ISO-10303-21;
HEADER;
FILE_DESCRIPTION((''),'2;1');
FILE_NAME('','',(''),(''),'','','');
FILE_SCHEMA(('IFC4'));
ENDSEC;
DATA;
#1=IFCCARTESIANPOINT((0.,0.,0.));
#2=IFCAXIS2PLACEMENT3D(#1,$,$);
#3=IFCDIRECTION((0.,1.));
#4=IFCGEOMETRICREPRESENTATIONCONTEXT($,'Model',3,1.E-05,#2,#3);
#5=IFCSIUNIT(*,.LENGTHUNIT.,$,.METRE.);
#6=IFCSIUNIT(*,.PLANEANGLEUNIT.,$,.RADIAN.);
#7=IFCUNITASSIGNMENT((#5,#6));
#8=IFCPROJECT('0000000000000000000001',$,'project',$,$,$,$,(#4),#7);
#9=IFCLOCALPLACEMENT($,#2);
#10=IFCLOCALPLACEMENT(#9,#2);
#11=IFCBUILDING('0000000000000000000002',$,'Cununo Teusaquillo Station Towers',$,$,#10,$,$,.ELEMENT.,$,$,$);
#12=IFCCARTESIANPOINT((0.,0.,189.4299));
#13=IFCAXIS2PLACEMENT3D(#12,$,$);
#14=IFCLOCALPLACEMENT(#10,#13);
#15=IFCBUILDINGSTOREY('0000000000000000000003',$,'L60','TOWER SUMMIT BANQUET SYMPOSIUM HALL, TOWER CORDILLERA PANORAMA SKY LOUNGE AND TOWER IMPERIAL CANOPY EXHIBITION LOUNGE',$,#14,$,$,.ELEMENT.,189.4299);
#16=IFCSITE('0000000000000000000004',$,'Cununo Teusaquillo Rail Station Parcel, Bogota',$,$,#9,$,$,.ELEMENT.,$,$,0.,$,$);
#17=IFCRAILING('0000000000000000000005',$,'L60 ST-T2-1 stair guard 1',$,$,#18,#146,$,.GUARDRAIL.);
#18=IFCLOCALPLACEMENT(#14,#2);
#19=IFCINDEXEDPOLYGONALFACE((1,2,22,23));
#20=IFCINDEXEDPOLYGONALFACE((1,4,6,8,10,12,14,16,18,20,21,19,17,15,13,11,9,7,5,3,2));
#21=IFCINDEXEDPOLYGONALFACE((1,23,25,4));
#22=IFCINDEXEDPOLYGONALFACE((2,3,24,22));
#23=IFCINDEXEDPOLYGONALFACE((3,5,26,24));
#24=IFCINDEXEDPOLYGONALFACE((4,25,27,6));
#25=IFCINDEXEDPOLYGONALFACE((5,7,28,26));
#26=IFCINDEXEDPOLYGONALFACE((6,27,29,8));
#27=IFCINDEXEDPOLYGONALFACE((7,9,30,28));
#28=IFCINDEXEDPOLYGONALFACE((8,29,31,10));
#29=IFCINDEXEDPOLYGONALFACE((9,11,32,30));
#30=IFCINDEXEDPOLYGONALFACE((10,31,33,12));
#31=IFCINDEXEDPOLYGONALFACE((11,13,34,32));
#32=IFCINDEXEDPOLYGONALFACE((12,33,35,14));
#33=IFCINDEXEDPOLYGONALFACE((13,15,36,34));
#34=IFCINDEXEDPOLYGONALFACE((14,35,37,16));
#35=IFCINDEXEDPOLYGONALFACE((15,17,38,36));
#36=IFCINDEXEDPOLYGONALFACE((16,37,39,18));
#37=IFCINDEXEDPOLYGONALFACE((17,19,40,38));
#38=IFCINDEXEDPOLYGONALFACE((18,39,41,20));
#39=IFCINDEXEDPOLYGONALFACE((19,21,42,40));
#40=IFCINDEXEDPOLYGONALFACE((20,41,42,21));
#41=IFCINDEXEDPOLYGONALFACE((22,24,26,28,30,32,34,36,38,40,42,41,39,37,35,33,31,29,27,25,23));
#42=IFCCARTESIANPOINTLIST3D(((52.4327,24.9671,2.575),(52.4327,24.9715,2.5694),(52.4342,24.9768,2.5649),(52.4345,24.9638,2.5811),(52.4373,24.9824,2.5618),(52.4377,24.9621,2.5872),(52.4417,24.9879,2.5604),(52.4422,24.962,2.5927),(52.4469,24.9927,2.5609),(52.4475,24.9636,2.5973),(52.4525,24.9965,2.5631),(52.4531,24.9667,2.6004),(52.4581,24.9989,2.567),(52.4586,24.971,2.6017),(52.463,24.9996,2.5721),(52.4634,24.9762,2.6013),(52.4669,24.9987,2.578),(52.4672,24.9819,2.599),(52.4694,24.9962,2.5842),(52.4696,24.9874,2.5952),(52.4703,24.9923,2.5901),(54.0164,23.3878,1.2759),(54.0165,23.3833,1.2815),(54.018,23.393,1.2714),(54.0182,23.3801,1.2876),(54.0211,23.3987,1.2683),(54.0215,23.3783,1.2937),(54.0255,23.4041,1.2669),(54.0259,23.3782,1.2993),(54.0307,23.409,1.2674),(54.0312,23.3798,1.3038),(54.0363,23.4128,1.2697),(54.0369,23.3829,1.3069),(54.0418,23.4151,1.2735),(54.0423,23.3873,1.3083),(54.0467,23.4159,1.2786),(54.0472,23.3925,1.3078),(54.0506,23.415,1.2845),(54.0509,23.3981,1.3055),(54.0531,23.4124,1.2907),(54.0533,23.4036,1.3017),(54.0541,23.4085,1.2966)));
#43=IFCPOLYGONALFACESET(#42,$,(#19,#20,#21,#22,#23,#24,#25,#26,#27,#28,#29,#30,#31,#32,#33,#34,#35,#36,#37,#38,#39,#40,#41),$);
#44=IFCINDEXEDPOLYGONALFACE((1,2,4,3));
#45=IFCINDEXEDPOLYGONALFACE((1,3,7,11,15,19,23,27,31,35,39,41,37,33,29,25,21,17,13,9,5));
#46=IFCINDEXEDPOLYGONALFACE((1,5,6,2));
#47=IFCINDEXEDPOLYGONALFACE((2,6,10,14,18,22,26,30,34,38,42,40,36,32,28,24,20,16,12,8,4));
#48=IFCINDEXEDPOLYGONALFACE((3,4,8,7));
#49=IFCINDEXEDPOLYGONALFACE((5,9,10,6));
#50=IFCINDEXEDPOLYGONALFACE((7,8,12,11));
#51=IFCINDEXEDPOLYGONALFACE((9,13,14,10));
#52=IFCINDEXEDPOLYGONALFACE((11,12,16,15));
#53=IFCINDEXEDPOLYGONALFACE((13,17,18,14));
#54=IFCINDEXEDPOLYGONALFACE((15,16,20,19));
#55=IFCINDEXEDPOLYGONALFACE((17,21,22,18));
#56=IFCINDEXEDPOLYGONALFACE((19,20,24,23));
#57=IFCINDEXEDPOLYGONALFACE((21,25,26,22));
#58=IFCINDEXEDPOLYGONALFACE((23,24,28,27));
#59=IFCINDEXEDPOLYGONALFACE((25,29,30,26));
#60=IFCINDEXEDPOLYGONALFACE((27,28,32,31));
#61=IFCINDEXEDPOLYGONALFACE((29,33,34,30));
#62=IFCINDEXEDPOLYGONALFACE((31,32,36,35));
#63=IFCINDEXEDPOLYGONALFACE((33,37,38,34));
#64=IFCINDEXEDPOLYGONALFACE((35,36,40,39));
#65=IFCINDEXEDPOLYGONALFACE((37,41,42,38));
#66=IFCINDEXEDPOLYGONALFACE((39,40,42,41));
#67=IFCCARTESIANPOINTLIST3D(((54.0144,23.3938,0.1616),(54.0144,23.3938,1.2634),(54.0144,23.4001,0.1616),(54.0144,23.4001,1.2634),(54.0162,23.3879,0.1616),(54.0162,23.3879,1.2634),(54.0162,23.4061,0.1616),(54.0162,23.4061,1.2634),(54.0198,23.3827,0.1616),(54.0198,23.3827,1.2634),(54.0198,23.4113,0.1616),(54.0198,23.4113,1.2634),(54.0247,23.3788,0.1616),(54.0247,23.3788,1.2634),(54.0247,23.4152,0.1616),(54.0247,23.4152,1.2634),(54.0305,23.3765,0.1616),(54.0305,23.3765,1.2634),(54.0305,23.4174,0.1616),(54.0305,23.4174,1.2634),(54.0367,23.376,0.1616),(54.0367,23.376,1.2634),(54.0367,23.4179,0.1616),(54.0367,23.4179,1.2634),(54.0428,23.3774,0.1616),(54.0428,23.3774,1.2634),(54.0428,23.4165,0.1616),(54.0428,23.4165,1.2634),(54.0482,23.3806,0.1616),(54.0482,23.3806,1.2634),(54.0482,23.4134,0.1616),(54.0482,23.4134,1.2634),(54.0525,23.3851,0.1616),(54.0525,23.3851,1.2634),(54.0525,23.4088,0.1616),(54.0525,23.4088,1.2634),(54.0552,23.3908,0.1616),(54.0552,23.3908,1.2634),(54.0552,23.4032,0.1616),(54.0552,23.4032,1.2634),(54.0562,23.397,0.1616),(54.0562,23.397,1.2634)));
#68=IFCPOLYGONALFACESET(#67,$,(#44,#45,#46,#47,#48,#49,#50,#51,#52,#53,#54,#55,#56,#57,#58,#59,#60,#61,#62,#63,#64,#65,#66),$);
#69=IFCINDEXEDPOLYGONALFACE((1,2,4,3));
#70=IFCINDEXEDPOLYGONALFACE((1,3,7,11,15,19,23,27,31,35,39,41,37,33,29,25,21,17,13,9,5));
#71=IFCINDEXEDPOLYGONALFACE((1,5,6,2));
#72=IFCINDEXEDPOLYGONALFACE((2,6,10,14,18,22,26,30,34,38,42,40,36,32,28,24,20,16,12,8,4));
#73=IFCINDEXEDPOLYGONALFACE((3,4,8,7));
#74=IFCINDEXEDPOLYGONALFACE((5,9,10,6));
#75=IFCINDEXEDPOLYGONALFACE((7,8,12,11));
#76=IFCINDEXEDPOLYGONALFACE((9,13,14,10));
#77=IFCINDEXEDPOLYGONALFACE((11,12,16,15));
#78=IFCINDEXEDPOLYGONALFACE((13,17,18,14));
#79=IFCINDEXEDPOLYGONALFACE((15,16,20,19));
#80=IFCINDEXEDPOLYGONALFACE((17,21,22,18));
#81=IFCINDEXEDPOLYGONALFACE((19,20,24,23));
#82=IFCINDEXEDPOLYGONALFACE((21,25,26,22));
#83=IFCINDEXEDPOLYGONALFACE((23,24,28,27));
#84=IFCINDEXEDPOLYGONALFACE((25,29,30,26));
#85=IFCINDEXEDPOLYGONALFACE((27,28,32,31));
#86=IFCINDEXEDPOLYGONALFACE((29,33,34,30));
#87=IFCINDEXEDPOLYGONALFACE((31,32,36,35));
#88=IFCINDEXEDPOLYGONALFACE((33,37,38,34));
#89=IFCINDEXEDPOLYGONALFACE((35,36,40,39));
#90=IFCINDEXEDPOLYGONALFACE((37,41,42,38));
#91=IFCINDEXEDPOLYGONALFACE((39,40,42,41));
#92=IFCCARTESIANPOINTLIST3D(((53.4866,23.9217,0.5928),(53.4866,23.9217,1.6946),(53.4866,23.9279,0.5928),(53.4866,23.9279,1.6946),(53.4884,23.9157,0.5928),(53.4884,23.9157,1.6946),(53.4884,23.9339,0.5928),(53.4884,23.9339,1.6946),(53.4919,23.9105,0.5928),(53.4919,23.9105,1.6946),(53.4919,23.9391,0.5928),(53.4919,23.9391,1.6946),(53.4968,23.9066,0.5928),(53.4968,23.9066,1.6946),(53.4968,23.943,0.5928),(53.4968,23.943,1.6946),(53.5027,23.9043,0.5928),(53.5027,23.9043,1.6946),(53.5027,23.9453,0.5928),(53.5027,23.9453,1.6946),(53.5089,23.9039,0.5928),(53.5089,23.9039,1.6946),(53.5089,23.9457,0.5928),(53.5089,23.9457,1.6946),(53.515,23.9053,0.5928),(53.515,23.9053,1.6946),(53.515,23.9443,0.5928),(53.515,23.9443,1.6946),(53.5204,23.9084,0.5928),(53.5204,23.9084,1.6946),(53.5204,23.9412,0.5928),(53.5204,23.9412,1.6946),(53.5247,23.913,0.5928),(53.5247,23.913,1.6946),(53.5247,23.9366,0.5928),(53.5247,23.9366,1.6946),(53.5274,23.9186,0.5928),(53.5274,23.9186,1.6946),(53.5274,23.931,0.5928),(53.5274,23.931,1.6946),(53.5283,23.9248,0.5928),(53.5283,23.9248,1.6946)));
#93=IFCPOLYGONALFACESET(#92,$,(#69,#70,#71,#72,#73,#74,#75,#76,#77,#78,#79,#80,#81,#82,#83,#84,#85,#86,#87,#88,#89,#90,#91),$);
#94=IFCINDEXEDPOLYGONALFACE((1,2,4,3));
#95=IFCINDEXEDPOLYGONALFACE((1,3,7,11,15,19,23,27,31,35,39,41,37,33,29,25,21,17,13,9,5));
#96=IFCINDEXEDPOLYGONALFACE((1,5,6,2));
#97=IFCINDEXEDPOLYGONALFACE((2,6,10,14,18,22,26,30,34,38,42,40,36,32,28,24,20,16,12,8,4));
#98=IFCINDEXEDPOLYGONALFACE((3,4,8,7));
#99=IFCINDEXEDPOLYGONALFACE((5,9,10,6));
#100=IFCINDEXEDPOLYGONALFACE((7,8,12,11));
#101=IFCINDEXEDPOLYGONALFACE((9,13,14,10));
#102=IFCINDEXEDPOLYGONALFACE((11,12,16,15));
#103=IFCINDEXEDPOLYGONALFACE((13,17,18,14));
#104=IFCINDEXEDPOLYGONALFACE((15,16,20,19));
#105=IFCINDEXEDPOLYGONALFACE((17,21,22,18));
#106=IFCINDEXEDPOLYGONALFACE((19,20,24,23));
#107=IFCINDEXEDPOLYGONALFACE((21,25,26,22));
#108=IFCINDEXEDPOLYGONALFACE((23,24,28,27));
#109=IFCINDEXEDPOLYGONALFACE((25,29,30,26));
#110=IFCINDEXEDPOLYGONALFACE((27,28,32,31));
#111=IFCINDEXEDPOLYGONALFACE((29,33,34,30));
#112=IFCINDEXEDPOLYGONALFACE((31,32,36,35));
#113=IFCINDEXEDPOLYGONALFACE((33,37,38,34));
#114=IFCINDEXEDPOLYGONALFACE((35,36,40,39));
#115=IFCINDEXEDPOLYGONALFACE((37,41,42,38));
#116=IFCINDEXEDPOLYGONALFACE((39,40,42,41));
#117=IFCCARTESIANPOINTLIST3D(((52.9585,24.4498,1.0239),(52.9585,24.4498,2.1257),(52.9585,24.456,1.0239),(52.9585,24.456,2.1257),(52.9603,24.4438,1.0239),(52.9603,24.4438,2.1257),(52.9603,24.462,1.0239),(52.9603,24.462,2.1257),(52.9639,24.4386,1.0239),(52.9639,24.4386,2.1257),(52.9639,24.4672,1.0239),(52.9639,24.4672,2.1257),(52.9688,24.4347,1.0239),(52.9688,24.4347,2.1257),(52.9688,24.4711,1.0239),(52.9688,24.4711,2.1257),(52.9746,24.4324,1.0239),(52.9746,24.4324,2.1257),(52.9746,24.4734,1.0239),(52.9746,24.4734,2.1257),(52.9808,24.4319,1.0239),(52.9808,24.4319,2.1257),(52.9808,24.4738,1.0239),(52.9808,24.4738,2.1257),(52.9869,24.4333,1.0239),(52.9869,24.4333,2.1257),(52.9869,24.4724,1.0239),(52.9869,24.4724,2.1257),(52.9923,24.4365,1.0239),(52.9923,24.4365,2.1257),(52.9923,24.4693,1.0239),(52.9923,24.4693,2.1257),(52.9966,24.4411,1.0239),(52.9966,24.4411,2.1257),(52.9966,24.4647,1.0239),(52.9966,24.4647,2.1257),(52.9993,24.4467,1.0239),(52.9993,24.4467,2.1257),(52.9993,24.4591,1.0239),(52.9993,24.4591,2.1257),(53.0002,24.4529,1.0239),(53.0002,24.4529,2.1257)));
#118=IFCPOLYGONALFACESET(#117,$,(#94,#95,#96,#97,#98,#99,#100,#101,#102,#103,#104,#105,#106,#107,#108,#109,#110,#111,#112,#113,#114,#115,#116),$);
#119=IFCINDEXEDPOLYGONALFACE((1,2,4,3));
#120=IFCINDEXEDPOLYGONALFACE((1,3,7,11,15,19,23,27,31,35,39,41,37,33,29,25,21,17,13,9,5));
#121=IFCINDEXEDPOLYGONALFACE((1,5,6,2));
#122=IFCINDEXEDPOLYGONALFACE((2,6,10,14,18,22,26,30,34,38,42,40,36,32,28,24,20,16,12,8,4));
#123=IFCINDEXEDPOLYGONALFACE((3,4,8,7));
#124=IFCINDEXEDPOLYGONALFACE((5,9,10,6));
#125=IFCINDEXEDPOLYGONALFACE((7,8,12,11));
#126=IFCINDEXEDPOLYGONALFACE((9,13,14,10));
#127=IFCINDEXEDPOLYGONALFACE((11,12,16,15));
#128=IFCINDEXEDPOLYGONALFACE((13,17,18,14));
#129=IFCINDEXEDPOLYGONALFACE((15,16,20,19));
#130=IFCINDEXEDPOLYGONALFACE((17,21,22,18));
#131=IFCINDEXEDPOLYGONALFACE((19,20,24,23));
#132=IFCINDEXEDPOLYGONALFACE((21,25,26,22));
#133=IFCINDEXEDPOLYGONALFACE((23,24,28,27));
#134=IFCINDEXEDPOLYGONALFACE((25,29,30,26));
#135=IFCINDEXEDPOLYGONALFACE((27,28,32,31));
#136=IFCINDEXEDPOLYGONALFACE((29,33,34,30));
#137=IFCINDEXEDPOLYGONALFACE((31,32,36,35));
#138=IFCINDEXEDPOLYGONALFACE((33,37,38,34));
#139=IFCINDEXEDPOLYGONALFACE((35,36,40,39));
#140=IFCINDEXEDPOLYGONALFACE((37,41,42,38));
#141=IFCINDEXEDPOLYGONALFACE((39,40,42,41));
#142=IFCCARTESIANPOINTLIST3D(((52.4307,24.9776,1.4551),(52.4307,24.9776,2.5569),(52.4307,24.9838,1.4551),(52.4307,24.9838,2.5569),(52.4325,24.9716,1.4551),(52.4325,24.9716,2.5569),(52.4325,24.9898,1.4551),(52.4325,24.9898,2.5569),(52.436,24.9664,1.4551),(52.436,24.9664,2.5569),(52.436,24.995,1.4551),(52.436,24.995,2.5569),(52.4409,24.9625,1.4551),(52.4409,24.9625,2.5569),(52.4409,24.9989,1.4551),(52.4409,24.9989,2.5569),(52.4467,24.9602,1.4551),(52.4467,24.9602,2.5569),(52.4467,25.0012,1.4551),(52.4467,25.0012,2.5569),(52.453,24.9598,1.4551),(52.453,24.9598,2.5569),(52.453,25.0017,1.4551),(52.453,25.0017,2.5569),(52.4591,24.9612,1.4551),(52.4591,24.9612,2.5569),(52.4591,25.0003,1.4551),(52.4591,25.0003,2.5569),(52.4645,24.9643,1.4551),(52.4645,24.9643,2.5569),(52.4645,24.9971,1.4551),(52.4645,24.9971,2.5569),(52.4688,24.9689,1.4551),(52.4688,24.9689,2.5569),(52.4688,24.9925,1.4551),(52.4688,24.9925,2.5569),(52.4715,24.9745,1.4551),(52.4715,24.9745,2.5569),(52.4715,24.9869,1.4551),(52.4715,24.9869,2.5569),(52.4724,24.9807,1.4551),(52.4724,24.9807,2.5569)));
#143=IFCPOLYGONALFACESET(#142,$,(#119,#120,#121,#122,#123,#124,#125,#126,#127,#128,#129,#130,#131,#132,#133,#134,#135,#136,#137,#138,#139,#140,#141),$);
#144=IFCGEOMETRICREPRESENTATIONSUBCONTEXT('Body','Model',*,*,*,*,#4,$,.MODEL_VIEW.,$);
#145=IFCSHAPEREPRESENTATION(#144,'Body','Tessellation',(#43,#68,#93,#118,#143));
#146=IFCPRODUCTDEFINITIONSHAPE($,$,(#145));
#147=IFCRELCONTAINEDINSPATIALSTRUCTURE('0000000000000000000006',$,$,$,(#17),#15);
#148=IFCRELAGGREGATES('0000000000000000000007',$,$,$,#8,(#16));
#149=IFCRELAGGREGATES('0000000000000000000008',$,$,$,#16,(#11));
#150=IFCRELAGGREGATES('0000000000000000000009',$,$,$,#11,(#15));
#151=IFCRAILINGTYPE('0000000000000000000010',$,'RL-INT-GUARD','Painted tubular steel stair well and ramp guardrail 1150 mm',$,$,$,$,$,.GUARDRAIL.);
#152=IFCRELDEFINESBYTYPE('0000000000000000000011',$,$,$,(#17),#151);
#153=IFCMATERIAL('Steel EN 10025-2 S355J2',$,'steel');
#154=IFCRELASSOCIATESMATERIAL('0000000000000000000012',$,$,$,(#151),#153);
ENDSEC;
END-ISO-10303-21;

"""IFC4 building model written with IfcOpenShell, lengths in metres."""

from ifc_helpers import new_model, si_unit, direction, frame, origin, origin_2d, place, context, subcontext, project, spatial, circle, extrude, material, type_object, element, save


model = new_model("IFC4")

# Units and contexts
model_context = context("Model", 3, precision=1e-05, world=origin(), true_north=direction((0.0, 1.0)))
body_context = subcontext(model_context, "Body", "Model", "MODEL_VIEW")
ifc_project = project(units=[si_unit("LENGTHUNIT", "METRE"), si_unit("PLANEANGLEUNIT", "RADIAN")], contexts=[model_context])

# Site, building, storey
site_placement = place(None, origin())
site = spatial("IfcSite", under=ifc_project, at=site_placement, Name="Cununo Teusaquillo Rail Station Parcel, Bogota", CompositionType="ELEMENT", RefElevation=0.0)
building_placement = place(site_placement, origin())
building = spatial("IfcBuilding", under=site, at=building_placement, Name="Cununo Teusaquillo Station Towers", CompositionType="ELEMENT")
storey_placement = place(building_placement, frame((0.0, 0.0, 189.4299)))
storey = spatial("IfcBuildingStorey", under=building, at=storey_placement, Name="L60", Description="TOWER SUMMIT BANQUET SYMPOSIUM HALL, TOWER CORDILLERA PANORAMA SKY LOUNGE AND TOWER IMPERIAL CANOPY EXHIBITION LOUNGE", CompositionType="ELEMENT", Elevation=189.4299)

# Railing
ifc_material_1 = material(Name="Steel EN 10025-2 S355J2", Category="steel")
railing_type_1 = type_object("IfcRailingType", Name="RL-INT-GUARD", Description="Painted tubular steel stair well and ramp guardrail 1150 mm", PredefinedType="GUARDRAIL", material=ifc_material_1)
railing_1_placement = place(storey_placement, frame((54.0352, 23.397, 0.1616)))
element("IfcRailing", 1, at=railing_1_placement, inside=storey, type_object=railing_type_1, Name="L60 ST-T2-1 stair guard 1", PredefinedType="GUARDRAIL", context=body_context, shape_type="SweptSolid", body=[
    extrude(circle(Radius=0.0239, at=origin_2d()), frame((0.0, 0.0, 1.126), z_axis=(-0.612332, 0.612332, 0.500098), x_axis=(-0.707107, -0.707107, 0.0)), (0.0, 0.0, 1.0), 2.5864),
    extrude(circle(Radius=0.021, at=origin_2d()), origin(), (0.0, 0.0, 1.0), 1.1018),
    extrude(circle(Radius=0.021, at=origin_2d()), frame((-0.5278, 0.5278, 0.4312)), (0.0, 0.0, 1.0), 1.1018),
    extrude(circle(Radius=0.021, at=origin_2d()), frame((-1.0559, 1.0559, 0.8623)), (0.0, 0.0, 1.0), 1.1018),
    extrude(circle(Radius=0.021, at=origin_2d()), frame((-1.5837, 1.5837, 1.2935)), (0.0, 0.0, 1.0), 1.1018),
])

save(model, "model.ifc")
